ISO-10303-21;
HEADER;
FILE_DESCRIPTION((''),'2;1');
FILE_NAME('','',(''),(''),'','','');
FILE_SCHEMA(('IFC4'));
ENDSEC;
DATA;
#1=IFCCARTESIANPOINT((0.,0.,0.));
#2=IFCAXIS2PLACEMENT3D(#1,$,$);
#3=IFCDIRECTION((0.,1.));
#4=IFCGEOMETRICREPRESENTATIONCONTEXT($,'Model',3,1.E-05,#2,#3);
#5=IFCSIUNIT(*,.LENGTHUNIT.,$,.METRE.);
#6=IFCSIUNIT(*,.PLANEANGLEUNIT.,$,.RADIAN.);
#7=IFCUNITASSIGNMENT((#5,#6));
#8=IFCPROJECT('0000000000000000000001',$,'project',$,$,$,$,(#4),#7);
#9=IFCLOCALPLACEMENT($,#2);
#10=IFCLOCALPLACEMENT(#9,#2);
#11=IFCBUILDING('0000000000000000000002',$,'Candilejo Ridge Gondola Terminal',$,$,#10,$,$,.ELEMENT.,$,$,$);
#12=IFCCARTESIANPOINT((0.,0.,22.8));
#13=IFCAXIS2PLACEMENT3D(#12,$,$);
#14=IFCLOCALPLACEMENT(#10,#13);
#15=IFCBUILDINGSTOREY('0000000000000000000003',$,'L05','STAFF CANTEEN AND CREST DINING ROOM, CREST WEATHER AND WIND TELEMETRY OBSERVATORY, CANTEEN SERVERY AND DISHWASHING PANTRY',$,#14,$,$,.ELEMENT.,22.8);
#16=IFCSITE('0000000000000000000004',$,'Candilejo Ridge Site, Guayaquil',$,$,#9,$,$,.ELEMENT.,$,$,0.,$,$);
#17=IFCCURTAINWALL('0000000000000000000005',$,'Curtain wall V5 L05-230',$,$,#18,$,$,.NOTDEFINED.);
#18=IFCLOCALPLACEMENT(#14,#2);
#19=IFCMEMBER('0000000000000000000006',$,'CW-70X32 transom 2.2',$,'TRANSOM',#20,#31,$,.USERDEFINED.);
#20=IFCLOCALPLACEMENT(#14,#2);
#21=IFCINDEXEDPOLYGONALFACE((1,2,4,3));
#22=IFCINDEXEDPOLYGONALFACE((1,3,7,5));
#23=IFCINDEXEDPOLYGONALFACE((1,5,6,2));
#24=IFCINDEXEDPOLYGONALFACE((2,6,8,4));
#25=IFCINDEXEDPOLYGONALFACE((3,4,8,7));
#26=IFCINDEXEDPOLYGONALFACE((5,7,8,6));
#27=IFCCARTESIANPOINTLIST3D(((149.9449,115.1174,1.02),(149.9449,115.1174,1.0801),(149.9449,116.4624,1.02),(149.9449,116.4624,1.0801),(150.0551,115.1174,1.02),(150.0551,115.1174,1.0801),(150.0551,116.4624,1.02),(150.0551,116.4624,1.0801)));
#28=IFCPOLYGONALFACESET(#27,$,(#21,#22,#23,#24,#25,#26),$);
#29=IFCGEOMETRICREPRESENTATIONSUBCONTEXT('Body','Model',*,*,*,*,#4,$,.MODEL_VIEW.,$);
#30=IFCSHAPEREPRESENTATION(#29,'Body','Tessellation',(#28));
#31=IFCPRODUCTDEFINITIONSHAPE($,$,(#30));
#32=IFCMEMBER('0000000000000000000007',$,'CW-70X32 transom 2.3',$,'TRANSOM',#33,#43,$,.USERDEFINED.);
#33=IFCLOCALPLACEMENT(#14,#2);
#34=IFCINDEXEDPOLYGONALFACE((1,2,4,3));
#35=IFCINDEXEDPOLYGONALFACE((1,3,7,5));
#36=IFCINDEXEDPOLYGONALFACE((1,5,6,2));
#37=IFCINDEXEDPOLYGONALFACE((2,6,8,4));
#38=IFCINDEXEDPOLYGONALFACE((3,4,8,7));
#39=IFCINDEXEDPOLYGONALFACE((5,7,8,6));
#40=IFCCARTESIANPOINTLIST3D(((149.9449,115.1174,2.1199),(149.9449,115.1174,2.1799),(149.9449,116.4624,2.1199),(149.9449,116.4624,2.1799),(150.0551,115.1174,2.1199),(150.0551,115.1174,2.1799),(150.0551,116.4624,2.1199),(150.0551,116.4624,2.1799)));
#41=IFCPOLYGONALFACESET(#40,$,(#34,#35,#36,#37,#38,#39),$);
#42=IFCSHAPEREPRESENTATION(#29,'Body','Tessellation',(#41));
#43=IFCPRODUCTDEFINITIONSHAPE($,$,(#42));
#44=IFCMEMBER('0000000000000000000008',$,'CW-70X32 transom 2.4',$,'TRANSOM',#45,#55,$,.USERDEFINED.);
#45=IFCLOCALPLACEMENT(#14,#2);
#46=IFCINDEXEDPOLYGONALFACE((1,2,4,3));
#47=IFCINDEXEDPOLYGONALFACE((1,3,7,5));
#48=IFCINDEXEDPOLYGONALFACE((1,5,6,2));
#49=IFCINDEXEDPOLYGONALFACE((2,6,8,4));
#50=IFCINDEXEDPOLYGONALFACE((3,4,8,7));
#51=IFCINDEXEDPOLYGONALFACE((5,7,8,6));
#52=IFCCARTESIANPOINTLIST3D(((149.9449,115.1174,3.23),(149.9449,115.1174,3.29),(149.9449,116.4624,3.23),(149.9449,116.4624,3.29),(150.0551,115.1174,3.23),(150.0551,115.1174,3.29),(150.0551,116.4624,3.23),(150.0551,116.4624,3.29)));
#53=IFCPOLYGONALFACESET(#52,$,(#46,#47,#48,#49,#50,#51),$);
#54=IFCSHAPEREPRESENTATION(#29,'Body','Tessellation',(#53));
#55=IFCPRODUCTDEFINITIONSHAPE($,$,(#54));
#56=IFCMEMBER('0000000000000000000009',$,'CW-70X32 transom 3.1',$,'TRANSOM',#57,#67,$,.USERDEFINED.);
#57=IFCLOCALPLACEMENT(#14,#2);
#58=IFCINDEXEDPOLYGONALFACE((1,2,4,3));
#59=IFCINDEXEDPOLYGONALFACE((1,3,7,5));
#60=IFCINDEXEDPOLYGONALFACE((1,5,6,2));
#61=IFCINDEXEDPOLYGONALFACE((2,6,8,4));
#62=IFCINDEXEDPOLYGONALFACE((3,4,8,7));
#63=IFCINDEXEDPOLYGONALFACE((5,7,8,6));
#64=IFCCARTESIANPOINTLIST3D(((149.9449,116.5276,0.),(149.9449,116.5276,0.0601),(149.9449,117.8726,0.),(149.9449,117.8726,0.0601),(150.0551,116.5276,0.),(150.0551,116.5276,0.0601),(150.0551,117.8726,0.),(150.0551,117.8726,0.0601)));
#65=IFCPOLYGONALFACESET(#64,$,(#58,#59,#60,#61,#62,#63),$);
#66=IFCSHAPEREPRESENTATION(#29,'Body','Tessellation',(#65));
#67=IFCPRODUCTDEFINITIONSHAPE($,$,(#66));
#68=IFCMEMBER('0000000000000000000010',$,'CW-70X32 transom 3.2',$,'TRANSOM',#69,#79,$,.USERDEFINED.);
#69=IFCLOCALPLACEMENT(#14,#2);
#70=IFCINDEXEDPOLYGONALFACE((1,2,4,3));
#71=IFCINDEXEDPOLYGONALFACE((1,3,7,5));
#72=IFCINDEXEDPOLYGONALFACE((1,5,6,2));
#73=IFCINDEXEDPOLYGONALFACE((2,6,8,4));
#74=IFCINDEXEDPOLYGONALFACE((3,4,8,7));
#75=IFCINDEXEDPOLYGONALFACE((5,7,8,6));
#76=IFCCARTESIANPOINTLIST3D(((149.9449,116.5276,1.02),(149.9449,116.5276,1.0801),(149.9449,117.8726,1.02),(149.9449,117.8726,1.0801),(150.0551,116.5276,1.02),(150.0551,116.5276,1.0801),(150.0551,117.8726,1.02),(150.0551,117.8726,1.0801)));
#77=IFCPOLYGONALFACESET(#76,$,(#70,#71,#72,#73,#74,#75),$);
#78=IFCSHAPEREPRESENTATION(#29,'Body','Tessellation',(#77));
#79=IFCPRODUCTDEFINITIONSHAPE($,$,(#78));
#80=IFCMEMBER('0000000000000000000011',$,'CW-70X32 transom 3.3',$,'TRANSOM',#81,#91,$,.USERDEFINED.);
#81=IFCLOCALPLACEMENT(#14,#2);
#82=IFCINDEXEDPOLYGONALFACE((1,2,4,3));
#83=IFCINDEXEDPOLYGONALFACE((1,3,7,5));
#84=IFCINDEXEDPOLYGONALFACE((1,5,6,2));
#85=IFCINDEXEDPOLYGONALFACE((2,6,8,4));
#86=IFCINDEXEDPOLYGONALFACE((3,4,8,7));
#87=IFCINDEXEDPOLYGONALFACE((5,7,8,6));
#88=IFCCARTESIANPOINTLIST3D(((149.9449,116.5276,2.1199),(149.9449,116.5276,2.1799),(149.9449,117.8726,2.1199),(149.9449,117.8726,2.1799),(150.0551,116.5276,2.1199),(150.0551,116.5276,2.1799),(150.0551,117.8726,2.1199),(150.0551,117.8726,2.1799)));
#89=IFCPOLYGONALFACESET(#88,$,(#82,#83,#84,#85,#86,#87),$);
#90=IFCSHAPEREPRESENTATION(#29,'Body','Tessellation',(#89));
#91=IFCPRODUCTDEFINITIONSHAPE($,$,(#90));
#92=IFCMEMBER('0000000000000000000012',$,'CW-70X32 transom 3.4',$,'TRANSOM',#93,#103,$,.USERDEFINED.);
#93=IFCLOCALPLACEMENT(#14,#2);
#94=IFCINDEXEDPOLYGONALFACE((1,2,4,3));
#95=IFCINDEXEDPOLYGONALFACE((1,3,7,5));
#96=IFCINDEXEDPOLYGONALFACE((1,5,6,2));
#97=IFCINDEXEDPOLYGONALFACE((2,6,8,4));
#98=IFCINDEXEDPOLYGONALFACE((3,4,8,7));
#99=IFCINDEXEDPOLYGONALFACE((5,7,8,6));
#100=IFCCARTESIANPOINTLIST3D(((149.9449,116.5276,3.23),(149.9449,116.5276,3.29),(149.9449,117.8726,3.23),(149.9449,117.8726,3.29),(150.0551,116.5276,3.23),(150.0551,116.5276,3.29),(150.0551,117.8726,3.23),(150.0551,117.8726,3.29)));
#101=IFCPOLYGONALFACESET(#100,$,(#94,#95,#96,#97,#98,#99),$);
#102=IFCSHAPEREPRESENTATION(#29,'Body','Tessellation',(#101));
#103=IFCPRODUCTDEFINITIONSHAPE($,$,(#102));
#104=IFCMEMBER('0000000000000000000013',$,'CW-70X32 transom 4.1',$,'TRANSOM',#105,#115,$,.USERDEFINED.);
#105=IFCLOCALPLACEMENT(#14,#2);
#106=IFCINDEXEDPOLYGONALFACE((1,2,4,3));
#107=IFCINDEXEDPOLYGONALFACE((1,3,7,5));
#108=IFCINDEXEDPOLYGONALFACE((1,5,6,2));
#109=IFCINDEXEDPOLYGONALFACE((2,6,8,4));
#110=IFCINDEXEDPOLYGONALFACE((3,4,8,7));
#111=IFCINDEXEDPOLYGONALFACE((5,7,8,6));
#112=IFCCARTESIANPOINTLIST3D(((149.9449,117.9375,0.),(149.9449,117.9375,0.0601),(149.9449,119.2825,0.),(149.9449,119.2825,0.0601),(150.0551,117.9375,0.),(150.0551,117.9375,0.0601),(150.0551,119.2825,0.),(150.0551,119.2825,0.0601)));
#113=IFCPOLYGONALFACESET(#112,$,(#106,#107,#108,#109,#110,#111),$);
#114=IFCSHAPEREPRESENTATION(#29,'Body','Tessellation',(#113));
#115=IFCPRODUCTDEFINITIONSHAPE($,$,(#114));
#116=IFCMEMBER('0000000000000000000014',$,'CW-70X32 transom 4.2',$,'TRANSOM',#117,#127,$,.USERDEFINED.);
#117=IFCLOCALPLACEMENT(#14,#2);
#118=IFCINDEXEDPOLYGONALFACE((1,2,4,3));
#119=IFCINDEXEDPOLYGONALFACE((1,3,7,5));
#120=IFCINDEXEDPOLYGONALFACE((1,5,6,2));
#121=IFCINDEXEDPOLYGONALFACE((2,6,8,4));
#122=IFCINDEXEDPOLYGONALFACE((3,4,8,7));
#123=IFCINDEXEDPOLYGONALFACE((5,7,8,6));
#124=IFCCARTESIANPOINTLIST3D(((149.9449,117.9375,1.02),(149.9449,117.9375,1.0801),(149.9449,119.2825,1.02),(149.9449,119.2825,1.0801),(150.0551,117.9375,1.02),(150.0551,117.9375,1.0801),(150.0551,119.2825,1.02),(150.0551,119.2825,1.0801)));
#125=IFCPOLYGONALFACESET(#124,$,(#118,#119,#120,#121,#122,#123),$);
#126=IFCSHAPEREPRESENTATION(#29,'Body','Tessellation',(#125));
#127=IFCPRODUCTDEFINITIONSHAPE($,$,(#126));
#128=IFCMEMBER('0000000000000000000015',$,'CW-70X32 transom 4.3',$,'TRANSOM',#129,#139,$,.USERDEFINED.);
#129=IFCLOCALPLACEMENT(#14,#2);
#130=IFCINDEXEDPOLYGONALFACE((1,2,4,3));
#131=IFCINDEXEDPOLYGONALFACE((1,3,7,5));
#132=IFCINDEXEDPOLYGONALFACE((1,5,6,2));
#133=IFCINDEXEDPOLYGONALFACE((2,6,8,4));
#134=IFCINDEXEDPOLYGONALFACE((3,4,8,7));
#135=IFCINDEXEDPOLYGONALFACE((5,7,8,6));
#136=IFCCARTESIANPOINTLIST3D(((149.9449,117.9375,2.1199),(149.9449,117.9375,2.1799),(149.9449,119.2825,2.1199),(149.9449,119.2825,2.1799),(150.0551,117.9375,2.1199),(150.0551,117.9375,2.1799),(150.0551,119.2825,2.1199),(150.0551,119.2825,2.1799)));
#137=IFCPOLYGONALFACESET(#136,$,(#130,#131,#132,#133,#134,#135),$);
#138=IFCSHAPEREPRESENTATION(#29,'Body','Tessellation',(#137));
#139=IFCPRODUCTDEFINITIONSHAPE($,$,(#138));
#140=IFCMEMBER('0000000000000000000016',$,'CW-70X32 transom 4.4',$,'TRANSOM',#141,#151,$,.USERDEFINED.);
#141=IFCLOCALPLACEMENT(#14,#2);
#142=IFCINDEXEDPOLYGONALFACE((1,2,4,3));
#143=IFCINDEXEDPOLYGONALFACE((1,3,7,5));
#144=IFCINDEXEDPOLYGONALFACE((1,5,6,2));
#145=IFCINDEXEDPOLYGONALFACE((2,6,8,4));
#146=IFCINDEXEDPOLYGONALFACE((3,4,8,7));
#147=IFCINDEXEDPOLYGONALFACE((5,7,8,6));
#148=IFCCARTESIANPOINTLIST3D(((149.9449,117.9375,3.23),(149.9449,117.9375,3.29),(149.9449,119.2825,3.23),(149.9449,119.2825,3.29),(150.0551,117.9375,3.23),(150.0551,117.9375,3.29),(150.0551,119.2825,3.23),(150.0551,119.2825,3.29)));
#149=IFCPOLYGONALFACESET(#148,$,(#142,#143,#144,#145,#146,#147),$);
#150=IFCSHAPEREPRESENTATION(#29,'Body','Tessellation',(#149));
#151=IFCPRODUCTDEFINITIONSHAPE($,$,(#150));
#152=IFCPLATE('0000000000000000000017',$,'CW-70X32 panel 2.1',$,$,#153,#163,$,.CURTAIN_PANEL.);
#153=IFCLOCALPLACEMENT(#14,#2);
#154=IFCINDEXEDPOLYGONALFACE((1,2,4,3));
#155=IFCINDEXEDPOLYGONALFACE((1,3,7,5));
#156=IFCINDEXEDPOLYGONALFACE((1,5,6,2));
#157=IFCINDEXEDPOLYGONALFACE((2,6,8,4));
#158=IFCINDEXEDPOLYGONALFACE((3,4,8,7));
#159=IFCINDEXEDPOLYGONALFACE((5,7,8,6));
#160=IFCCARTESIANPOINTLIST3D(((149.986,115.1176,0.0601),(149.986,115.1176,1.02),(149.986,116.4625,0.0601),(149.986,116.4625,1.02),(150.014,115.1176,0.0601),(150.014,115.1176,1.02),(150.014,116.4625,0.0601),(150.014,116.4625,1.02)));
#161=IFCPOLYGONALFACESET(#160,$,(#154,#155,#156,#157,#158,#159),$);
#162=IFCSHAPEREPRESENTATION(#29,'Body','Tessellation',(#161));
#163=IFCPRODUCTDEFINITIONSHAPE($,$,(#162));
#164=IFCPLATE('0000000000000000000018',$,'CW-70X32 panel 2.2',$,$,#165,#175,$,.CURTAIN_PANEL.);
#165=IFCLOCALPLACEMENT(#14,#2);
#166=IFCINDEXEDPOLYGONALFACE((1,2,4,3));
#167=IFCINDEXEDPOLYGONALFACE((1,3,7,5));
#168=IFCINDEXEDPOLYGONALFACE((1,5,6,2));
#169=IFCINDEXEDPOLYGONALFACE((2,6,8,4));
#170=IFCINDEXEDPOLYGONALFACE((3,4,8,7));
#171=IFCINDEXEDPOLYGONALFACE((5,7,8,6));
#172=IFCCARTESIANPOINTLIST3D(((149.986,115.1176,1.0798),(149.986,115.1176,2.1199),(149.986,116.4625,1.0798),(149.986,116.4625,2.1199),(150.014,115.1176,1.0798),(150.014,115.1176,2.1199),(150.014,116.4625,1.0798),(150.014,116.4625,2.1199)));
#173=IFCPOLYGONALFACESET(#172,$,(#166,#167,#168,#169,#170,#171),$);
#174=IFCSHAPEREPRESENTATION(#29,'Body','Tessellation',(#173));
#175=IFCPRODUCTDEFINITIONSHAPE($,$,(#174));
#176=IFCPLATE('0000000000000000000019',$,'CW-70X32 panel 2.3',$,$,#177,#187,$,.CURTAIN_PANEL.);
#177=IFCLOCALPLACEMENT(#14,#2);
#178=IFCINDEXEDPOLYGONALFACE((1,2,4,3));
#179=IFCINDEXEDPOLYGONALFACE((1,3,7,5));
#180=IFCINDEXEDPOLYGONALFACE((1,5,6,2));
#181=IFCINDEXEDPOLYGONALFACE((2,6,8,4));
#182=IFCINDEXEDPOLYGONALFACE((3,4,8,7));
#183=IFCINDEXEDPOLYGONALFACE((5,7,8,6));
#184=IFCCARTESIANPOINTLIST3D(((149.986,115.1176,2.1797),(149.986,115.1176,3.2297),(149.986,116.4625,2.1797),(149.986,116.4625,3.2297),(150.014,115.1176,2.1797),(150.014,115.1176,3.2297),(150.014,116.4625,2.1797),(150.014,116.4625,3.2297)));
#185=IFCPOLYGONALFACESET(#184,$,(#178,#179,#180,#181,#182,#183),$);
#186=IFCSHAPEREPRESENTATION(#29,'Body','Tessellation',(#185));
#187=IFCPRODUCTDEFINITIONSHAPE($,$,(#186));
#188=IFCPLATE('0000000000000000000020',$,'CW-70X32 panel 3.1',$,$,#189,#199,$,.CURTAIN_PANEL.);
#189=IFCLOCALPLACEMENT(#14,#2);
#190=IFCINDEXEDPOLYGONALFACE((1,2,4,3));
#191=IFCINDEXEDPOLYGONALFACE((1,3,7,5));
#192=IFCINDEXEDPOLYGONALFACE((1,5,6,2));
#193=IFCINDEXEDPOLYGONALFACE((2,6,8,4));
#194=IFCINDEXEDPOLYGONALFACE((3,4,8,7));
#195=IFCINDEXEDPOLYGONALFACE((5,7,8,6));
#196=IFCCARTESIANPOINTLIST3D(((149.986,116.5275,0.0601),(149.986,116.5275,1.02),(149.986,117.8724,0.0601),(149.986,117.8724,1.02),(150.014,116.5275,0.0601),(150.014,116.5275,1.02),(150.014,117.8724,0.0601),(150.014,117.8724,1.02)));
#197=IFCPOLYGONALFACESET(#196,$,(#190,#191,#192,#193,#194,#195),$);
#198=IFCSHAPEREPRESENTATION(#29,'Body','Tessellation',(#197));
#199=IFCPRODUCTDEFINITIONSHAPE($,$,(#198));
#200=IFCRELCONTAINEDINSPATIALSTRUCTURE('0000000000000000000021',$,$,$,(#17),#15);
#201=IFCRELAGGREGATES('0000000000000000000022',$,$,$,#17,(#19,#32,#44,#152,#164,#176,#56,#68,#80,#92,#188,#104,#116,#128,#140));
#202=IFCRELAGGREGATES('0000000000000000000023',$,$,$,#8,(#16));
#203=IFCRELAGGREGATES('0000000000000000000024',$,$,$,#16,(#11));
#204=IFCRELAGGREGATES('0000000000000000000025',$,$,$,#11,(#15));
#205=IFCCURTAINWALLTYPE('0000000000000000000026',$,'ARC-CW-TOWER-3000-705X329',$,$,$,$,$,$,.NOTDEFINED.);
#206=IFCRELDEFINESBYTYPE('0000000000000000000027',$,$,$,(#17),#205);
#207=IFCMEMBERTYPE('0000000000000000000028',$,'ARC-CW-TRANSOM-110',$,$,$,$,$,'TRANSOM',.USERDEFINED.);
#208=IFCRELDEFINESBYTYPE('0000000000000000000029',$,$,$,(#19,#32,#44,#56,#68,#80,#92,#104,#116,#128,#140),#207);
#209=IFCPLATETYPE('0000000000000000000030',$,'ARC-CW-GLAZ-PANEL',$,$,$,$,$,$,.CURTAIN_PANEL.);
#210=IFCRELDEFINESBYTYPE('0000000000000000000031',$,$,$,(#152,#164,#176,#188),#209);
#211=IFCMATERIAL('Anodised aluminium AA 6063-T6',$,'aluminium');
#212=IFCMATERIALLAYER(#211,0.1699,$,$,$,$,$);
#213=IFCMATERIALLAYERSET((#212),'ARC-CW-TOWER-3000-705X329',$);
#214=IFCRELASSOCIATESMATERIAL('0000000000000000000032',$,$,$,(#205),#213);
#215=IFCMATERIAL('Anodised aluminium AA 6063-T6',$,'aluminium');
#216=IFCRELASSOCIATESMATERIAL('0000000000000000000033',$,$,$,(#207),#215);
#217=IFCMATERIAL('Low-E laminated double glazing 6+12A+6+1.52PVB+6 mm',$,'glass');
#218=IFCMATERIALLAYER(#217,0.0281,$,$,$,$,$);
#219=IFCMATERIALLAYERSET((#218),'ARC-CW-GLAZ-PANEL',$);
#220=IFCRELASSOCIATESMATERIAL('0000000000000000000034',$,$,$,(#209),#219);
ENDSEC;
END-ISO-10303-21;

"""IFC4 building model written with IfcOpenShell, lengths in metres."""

from ifc_helpers import new_model, si_unit, direction, frame, origin, origin_2d, place, context, subcontext, project, spatial, rectangle, extrude, material, layer, layer_set, material_profile, profile_set, type_object, element, aggregate, save


model = new_model("IFC4")

# Units and contexts
model_context = context("Model", 3, precision=1e-05, world=origin(), true_north=direction((0.0, 1.0)))
body_context = subcontext(model_context, "Body", "Model", "MODEL_VIEW")
ifc_project = project(units=[si_unit("LENGTHUNIT", "METRE"), si_unit("PLANEANGLEUNIT", "RADIAN")], contexts=[model_context])

# Site, building, storey
site_placement = place(None, origin())
site = spatial("IfcSite", under=ifc_project, at=site_placement, Name="Candilejo Ridge Site, Guayaquil", CompositionType="ELEMENT", RefElevation=0.0)
building_placement = place(site_placement, origin())
building = spatial("IfcBuilding", under=site, at=building_placement, Name="Candilejo Ridge Gondola Terminal", CompositionType="ELEMENT")
storey_placement = place(building_placement, frame((0.0, 0.0, 22.8)))
storey = spatial("IfcBuildingStorey", under=building, at=storey_placement, Name="L05", Description="STAFF CANTEEN AND CREST DINING ROOM, CREST WEATHER AND WIND TELEMETRY OBSERVATORY, CANTEEN SERVERY AND DISHWASHING PANTRY", CompositionType="ELEMENT", Elevation=22.8)

# Curtain wall, members, plates
ifc_material_1 = material(Name="Anodised aluminium AA 6063-T6", Category="aluminium")
ifc_layer_1 = layer(ifc_material_1, 0.1699)
ifc_layer_set_1 = layer_set([ifc_layer_1], Name="ARC-CW-TOWER-3000-705X329")
curtain_wall_type = type_object("IfcCurtainWallType", Name="ARC-CW-TOWER-3000-705X329", PredefinedType="NOTDEFINED", material=ifc_layer_set_1)
curtain_wall_placement = place(storey_placement, origin())
curtain_wall = element("IfcCurtainWall", 1, at=curtain_wall_placement, inside=storey, type_object=curtain_wall_type, Name="Curtain wall V5 L05-230", PredefinedType="NOTDEFINED")
ifc_material_2 = material(Name="Anodised aluminium AA 6063-T6", Category="aluminium")
ifc_material_profile = material_profile(ifc_material_2, rectangle(XDim=0.1101, YDim=0.0601, at=origin_2d()))
ifc_profile_set = profile_set([ifc_material_profile], Name="Anodised aluminium AA 6063-T6")
member_type = type_object("IfcMemberType", Name="ARC-CW-TRANSOM-110", ElementType="TRANSOM", PredefinedType="USERDEFINED", material=ifc_profile_set)
member_1_placement = place(storey_placement, frame((150.0, 115.1174, 1.05), z_axis=(0.0, 1.0, 0.0), x_axis=(-1.0, 0.0, 0.0)))
member_1 = element("IfcMember", 2, at=member_1_placement, type_object=member_type, Name="CW-70X32 transom 2.2", ObjectType="TRANSOM", PredefinedType="USERDEFINED", context=body_context, shape_type="SweptSolid", body=[
    extrude(rectangle(XDim=0.1101, YDim=0.0601, at=origin_2d()), origin(), (0.0, 0.0, 1.0), 1.345),
])
member_2_placement = place(storey_placement, frame((150.0, 115.1174, 2.1499), z_axis=(0.0, 1.0, 0.0), x_axis=(-1.0, 0.0, 0.0)))
member_2 = element("IfcMember", 3, at=member_2_placement, type_object=member_type, Name="CW-70X32 transom 2.3", ObjectType="TRANSOM", PredefinedType="USERDEFINED", context=body_context, shape_type="SweptSolid", body=[
    extrude(rectangle(XDim=0.1101, YDim=0.0601, at=origin_2d()), origin(), (0.0, 0.0, 1.0), 1.345),
])
member_3_placement = place(storey_placement, frame((150.0, 115.1174, 3.26), z_axis=(0.0, 1.0, 0.0), x_axis=(-1.0, 0.0, 0.0)))
member_3 = element("IfcMember", 4, at=member_3_placement, type_object=member_type, Name="CW-70X32 transom 2.4", ObjectType="TRANSOM", PredefinedType="USERDEFINED", context=body_context, shape_type="SweptSolid", body=[
    extrude(rectangle(XDim=0.1101, YDim=0.0601, at=origin_2d()), origin(), (0.0, 0.0, 1.0), 1.345),
])
member_4_placement = place(storey_placement, frame((150.0, 116.5276, 0.03), z_axis=(0.0, 1.0, 0.0), x_axis=(-1.0, 0.0, 0.0)))
member_4 = element("IfcMember", 5, at=member_4_placement, type_object=member_type, Name="CW-70X32 transom 3.1", ObjectType="TRANSOM", PredefinedType="USERDEFINED", context=body_context, shape_type="SweptSolid", body=[
    extrude(rectangle(XDim=0.1101, YDim=0.0601, at=origin_2d()), origin(), (0.0, 0.0, 1.0), 1.345),
])
member_5_placement = place(storey_placement, frame((150.0, 116.5276, 1.05), z_axis=(0.0, 1.0, 0.0), x_axis=(-1.0, 0.0, 0.0)))
member_5 = element("IfcMember", 6, at=member_5_placement, type_object=member_type, Name="CW-70X32 transom 3.2", ObjectType="TRANSOM", PredefinedType="USERDEFINED", context=body_context, shape_type="SweptSolid", body=[
    extrude(rectangle(XDim=0.1101, YDim=0.0601, at=origin_2d()), origin(), (0.0, 0.0, 1.0), 1.345),
])
member_6_placement = place(storey_placement, frame((150.0, 116.5276, 2.1499), z_axis=(0.0, 1.0, 0.0), x_axis=(-1.0, 0.0, 0.0)))
member_6 = element("IfcMember", 7, at=member_6_placement, type_object=member_type, Name="CW-70X32 transom 3.3", ObjectType="TRANSOM", PredefinedType="USERDEFINED", context=body_context, shape_type="SweptSolid", body=[
    extrude(rectangle(XDim=0.1101, YDim=0.0601, at=origin_2d()), origin(), (0.0, 0.0, 1.0), 1.345),
])
member_7_placement = place(storey_placement, frame((150.0, 116.5276, 3.26), z_axis=(0.0, 1.0, 0.0), x_axis=(-1.0, 0.0, 0.0)))
member_7 = element("IfcMember", 8, at=member_7_placement, type_object=member_type, Name="CW-70X32 transom 3.4", ObjectType="TRANSOM", PredefinedType="USERDEFINED", context=body_context, shape_type="SweptSolid", body=[
    extrude(rectangle(XDim=0.1101, YDim=0.0601, at=origin_2d()), origin(), (0.0, 0.0, 1.0), 1.345),
])
member_8_placement = place(storey_placement, frame((150.0, 117.9375, 0.03), z_axis=(0.0, 1.0, 0.0), x_axis=(-1.0, 0.0, 0.0)))
member_8 = element("IfcMember", 9, at=member_8_placement, type_object=member_type, Name="CW-70X32 transom 4.1", ObjectType="TRANSOM", PredefinedType="USERDEFINED", context=body_context, shape_type="SweptSolid", body=[
    extrude(rectangle(XDim=0.1101, YDim=0.0601, at=origin_2d()), origin(), (0.0, 0.0, 1.0), 1.345),
])
member_9_placement = place(storey_placement, frame((150.0, 117.9375, 1.05), z_axis=(0.0, 1.0, 0.0), x_axis=(-1.0, 0.0, 0.0)))
member_9 = element("IfcMember", 10, at=member_9_placement, type_object=member_type, Name="CW-70X32 transom 4.2", ObjectType="TRANSOM", PredefinedType="USERDEFINED", context=body_context, shape_type="SweptSolid", body=[
    extrude(rectangle(XDim=0.1101, YDim=0.0601, at=origin_2d()), origin(), (0.0, 0.0, 1.0), 1.345),
])
member_10_placement = place(storey_placement, frame((150.0, 117.9375, 2.1499), z_axis=(0.0, 1.0, 0.0), x_axis=(-1.0, 0.0, 0.0)))
member_10 = element("IfcMember", 11, at=member_10_placement, type_object=member_type, Name="CW-70X32 transom 4.3", ObjectType="TRANSOM", PredefinedType="USERDEFINED", context=body_context, shape_type="SweptSolid", body=[
    extrude(rectangle(XDim=0.1101, YDim=0.0601, at=origin_2d()), origin(), (0.0, 0.0, 1.0), 1.345),
])
member_11_placement = place(storey_placement, frame((150.0, 117.9375, 3.26), z_axis=(0.0, 1.0, 0.0), x_axis=(-1.0, 0.0, 0.0)))
member_11 = element("IfcMember", 12, at=member_11_placement, type_object=member_type, Name="CW-70X32 transom 4.4", ObjectType="TRANSOM", PredefinedType="USERDEFINED", context=body_context, shape_type="SweptSolid", body=[
    extrude(rectangle(XDim=0.1101, YDim=0.0601, at=origin_2d()), origin(), (0.0, 0.0, 1.0), 1.345),
])
ifc_material_3 = material(Name="Low-E laminated double glazing 6+12A+6+1.52PVB+6 mm", Category="glass")
ifc_layer_2 = layer(ifc_material_3, 0.0281)
ifc_layer_set_2 = layer_set([ifc_layer_2], Name="ARC-CW-GLAZ-PANEL")
plate_type = type_object("IfcPlateType", Name="ARC-CW-GLAZ-PANEL", PredefinedType="CURTAIN_PANEL", material=ifc_layer_set_2)
plate_1_placement = place(storey_placement, frame((150.0, 115.79, 0.0601), z_axis=(0.0, 0.0, 1.0), x_axis=(0.0, 1.0, 0.0)))
plate_1 = element("IfcPlate", 13, at=plate_1_placement, type_object=plate_type, Name="CW-70X32 panel 2.1", PredefinedType="CURTAIN_PANEL", context=body_context, shape_type="SweptSolid", body=[
    extrude(rectangle(XDim=1.345, YDim=0.0281, at=origin_2d()), origin(), (0.0, 0.0, 1.0), 0.96),
])
plate_2_placement = place(storey_placement, frame((150.0, 115.79, 1.0798), z_axis=(0.0, 0.0, 1.0), x_axis=(0.0, 1.0, 0.0)))
plate_2 = element("IfcPlate", 14, at=plate_2_placement, type_object=plate_type, Name="CW-70X32 panel 2.2", PredefinedType="CURTAIN_PANEL", context=body_context, shape_type="SweptSolid", body=[
    extrude(rectangle(XDim=1.345, YDim=0.0281, at=origin_2d()), origin(), (0.0, 0.0, 1.0), 1.04),
])
plate_3_placement = place(storey_placement, frame((150.0, 115.79, 2.1797), z_axis=(0.0, 0.0, 1.0), x_axis=(0.0, 1.0, 0.0)))
plate_3 = element("IfcPlate", 15, at=plate_3_placement, type_object=plate_type, Name="CW-70X32 panel 2.3", PredefinedType="CURTAIN_PANEL", context=body_context, shape_type="SweptSolid", body=[
    extrude(rectangle(XDim=1.345, YDim=0.0281, at=origin_2d()), origin(), (0.0, 0.0, 1.0), 1.05),
])
plate_4_placement = place(storey_placement, frame((150.0, 117.2, 0.0601), z_axis=(0.0, 0.0, 1.0), x_axis=(0.0, 1.0, 0.0)))
plate_4 = element("IfcPlate", 16, at=plate_4_placement, type_object=plate_type, Name="CW-70X32 panel 3.1", PredefinedType="CURTAIN_PANEL", context=body_context, shape_type="SweptSolid", body=[
    extrude(rectangle(XDim=1.345, YDim=0.0281, at=origin_2d()), origin(), (0.0, 0.0, 1.0), 0.96),
])
aggregate(curtain_wall, [member_1, member_2, member_3, plate_1, plate_2, plate_3, member_4, member_5, member_6, member_7, plate_4, member_8, member_9, member_10, member_11])

save(model, "model.ifc")
